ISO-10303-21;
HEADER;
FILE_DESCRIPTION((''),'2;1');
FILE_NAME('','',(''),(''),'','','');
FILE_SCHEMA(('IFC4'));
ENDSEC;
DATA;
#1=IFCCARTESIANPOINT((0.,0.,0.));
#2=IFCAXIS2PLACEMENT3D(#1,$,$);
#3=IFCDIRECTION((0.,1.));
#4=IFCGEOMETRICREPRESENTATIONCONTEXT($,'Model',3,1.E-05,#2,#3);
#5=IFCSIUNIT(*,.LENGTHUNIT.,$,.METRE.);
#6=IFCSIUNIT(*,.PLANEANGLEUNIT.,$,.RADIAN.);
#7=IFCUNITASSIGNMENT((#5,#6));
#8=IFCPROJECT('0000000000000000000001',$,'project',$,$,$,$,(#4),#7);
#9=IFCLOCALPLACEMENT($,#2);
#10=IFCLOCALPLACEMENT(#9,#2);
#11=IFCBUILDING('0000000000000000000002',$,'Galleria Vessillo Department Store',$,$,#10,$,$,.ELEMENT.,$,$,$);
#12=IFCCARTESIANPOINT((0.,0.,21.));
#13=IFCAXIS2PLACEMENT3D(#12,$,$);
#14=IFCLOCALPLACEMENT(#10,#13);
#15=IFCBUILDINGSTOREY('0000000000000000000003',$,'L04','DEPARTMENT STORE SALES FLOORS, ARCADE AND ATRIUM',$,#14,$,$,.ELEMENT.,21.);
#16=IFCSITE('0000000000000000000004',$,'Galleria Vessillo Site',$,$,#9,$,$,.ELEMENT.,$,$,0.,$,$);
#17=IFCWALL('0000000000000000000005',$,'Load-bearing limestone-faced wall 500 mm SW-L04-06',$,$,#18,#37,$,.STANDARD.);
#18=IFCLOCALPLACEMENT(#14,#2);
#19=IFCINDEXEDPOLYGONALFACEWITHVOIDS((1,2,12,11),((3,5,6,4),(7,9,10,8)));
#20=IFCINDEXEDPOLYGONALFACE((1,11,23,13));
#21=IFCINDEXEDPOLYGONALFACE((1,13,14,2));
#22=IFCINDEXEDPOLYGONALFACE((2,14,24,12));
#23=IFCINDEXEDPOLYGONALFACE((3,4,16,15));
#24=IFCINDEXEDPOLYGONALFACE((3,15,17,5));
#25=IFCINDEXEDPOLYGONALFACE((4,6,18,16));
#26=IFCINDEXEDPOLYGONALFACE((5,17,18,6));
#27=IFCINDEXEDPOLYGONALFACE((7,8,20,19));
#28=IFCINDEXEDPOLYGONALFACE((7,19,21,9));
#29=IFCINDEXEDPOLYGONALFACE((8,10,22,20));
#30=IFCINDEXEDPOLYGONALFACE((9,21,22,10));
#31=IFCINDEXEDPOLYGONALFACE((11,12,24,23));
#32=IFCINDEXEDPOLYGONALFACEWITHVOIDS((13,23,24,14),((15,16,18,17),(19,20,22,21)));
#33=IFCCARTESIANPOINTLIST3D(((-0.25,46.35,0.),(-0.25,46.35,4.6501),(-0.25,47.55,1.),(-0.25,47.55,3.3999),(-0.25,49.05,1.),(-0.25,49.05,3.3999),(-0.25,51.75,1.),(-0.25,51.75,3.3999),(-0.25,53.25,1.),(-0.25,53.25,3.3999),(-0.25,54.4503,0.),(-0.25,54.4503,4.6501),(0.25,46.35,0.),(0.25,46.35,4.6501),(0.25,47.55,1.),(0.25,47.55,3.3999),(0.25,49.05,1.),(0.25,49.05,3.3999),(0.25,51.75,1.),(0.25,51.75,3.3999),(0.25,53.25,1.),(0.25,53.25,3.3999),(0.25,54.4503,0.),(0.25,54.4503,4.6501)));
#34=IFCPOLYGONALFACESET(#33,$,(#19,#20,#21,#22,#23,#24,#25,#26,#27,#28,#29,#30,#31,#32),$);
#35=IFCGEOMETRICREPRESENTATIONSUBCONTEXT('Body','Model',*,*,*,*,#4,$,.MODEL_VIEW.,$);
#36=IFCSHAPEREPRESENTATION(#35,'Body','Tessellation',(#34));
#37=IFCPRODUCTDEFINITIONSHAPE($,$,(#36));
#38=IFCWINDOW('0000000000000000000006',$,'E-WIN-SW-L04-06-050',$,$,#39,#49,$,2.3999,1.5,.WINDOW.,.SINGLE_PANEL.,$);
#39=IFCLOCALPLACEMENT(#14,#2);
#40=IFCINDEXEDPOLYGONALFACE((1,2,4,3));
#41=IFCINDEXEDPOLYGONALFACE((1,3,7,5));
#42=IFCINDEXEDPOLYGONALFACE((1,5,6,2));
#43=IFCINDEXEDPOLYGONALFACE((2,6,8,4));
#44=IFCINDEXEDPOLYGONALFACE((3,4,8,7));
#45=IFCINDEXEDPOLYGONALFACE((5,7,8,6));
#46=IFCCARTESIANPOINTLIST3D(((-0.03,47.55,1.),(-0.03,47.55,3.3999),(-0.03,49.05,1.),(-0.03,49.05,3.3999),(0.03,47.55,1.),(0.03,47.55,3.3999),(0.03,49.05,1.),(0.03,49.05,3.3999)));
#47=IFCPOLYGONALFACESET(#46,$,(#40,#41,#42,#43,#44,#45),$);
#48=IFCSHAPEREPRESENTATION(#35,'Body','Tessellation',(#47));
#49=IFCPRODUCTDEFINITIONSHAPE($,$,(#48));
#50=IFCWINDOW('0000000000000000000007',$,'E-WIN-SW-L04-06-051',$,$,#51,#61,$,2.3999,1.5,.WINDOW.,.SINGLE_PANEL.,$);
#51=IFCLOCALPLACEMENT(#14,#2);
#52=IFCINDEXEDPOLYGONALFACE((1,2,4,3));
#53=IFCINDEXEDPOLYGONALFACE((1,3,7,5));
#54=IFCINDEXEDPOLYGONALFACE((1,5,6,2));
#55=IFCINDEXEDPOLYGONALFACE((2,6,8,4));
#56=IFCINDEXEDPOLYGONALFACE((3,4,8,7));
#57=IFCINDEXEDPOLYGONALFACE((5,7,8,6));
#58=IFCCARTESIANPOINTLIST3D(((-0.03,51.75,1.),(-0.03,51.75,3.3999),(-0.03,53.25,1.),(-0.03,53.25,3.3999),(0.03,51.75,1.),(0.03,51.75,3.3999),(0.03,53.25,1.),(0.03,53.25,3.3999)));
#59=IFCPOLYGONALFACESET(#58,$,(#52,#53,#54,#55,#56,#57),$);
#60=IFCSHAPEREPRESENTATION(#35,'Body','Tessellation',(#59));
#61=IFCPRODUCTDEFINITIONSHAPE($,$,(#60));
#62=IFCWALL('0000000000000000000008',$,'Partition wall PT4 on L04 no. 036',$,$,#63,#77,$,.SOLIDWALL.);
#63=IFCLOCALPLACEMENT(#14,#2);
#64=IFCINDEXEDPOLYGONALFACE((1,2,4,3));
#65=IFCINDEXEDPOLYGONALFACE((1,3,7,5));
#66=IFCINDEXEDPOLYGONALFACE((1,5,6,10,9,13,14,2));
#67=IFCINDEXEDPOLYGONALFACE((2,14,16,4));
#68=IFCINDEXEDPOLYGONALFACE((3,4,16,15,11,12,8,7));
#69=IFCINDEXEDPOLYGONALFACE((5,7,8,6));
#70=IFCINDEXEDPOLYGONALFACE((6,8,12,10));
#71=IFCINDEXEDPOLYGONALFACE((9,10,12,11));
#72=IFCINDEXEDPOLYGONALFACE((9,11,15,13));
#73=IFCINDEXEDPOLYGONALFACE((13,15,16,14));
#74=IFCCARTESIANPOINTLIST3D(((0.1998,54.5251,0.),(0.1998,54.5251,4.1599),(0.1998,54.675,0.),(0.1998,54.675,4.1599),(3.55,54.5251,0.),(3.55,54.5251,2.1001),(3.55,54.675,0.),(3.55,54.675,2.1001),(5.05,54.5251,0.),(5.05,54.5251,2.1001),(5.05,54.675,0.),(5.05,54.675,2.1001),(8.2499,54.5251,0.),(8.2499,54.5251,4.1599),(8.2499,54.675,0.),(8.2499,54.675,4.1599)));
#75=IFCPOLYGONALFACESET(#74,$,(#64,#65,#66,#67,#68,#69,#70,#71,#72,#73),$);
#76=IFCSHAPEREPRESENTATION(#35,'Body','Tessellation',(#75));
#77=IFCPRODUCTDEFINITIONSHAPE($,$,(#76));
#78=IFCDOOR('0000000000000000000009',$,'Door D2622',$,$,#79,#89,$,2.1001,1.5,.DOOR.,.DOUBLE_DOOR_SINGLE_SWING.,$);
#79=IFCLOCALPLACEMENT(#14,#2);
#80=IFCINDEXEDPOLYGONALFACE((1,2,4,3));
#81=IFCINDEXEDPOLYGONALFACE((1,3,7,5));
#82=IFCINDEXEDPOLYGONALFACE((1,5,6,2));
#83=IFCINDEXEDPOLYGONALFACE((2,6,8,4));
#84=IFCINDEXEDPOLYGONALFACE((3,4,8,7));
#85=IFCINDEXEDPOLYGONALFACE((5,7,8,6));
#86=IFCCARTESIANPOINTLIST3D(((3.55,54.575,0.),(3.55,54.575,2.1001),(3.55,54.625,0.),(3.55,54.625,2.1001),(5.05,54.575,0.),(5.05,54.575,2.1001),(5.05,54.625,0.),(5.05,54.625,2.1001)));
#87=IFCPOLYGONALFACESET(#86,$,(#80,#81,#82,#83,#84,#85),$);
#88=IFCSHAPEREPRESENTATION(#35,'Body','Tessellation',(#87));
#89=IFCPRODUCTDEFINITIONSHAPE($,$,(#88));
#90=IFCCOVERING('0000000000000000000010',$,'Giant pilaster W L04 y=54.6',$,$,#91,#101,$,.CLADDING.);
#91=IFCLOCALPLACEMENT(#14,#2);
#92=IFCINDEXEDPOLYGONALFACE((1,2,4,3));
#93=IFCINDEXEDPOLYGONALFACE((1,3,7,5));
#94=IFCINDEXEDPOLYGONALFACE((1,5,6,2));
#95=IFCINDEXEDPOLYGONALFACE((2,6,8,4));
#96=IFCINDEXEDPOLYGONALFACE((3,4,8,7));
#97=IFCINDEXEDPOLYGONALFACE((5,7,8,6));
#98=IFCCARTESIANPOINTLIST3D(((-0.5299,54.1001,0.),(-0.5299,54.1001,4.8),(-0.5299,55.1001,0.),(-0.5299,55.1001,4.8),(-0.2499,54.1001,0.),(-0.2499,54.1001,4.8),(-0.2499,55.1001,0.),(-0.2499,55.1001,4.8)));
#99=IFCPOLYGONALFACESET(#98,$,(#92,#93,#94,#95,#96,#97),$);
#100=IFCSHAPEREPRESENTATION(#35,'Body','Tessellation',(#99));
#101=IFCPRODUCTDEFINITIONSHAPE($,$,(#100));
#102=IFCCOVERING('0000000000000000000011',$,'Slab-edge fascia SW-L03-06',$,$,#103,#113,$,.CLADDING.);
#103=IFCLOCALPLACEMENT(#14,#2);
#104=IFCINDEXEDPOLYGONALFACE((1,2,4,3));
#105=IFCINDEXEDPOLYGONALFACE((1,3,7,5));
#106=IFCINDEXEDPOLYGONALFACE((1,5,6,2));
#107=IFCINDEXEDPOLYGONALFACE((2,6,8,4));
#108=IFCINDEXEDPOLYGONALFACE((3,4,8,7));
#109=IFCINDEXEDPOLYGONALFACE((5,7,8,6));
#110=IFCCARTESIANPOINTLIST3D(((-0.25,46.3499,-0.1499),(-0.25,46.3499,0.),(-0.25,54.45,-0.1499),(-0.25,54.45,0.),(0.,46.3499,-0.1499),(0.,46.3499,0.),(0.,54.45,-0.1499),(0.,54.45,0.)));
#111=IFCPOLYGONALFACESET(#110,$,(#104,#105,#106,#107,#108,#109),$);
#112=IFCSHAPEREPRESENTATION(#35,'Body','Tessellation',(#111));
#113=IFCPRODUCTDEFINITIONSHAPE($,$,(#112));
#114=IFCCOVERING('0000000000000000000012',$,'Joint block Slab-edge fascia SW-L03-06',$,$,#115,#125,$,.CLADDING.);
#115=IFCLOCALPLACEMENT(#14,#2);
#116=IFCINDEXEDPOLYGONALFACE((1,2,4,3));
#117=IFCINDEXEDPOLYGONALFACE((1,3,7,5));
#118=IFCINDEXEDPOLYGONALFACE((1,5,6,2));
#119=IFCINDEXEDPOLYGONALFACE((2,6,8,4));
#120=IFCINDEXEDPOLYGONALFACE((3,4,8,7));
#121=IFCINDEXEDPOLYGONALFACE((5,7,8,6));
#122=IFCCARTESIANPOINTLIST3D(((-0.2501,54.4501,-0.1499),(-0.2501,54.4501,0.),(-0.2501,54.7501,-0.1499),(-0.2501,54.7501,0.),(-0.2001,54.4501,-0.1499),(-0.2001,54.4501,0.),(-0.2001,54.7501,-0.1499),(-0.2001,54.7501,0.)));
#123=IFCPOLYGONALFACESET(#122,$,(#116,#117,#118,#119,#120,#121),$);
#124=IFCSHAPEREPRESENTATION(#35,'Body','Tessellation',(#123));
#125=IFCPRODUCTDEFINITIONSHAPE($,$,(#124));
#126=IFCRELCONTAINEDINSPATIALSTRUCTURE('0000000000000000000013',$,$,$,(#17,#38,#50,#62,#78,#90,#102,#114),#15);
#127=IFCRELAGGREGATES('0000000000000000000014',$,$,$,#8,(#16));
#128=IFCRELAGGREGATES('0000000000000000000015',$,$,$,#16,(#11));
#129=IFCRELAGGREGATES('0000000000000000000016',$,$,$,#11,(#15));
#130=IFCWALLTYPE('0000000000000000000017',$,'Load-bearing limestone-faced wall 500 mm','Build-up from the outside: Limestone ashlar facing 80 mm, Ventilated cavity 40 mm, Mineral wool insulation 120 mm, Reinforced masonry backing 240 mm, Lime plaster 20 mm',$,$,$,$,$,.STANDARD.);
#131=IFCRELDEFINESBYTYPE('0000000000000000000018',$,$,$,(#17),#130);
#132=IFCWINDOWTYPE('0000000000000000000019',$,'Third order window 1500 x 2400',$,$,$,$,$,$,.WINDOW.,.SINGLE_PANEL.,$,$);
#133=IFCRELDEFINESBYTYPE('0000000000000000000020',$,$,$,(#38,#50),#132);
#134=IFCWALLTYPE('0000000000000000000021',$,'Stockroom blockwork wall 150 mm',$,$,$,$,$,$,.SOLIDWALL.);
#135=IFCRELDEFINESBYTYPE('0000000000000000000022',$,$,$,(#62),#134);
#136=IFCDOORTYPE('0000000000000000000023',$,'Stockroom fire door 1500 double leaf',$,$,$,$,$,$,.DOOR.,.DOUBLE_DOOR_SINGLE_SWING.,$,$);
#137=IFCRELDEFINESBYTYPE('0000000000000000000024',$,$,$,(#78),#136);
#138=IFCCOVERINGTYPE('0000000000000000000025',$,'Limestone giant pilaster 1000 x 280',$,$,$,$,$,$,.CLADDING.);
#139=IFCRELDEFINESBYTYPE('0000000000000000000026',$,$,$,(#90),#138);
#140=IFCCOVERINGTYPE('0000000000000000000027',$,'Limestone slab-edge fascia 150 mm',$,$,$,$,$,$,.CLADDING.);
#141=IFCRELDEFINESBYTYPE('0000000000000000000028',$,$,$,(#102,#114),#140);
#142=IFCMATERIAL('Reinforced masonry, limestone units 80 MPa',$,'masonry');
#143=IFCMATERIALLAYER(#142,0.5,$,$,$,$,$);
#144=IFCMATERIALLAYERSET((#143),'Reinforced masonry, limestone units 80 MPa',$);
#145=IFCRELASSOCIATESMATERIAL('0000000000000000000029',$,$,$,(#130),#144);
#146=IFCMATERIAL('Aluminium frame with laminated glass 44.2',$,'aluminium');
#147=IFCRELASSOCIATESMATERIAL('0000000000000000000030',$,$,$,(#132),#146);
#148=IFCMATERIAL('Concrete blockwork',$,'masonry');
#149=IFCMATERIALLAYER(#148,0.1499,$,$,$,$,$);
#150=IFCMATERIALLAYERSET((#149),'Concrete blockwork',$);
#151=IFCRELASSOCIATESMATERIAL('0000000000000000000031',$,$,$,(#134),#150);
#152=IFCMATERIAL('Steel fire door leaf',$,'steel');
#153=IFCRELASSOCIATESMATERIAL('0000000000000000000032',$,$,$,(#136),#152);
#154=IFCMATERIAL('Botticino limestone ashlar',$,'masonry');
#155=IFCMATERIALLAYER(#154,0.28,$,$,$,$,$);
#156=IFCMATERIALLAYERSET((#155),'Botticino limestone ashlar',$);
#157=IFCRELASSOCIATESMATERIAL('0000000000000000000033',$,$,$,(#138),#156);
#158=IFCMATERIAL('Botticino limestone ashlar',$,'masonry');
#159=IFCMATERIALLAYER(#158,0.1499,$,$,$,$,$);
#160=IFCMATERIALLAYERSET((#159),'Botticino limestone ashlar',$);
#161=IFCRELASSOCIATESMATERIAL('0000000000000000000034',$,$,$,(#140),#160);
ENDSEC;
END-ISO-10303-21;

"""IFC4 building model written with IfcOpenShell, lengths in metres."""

from ifc_helpers import new_model, si_unit, direction, frame, frame_2d, origin, origin_2d, place, context, subcontext, project, spatial, rectangle, extrude, material, layer, layer_set, type_object, element, fill, save


model = new_model("IFC4")

# Units and contexts
model_context = context("Model", 3, precision=1e-05, world=origin(), true_north=direction((0.0, 1.0)))
body_context = subcontext(model_context, "Body", "Model", "MODEL_VIEW")
ifc_project = project(units=[si_unit("LENGTHUNIT", "METRE"), si_unit("PLANEANGLEUNIT", "RADIAN")], contexts=[model_context])

# Site, building, storey
site_placement = place(None, origin())
site = spatial("IfcSite", under=ifc_project, at=site_placement, Name="Galleria Vessillo Site", CompositionType="ELEMENT", RefElevation=0.0)
building_placement = place(site_placement, origin())
building = spatial("IfcBuilding", under=site, at=building_placement, Name="Galleria Vessillo Department Store", CompositionType="ELEMENT")
storey_placement = place(building_placement, frame((0.0, 0.0, 21.0)))
storey = spatial("IfcBuildingStorey", under=building, at=storey_placement, Name="L04", Description="DEPARTMENT STORE SALES FLOORS, ARCADE AND ATRIUM", CompositionType="ELEMENT", Elevation=21.0)

# Wall, openings, windows
ifc_material_1 = material(Name="Reinforced masonry, limestone units 80 MPa", Category="masonry")
ifc_layer_1 = layer(ifc_material_1, 0.5)
ifc_layer_set_1 = layer_set([ifc_layer_1], Name="Reinforced masonry, limestone units 80 MPa")
wall_type_1 = type_object("IfcWallType", Name="Load-bearing limestone-faced wall 500 mm", Description="Build-up from the outside: Limestone ashlar facing 80 mm, Ventilated cavity 40 mm, Mineral wool insulation 120 mm, Reinforced masonry backing 240 mm, Lime plaster 20 mm", PredefinedType="STANDARD", material=ifc_layer_set_1)
wall_1_placement = place(storey_placement, frame((0.0, 46.3499, 0.0), z_axis=(0.0, 0.0, 1.0), x_axis=(0.0, 1.0, 0.0)))
wall_1 = element("IfcWall", 1, at=wall_1_placement, inside=storey, type_object=wall_type_1, Name="Load-bearing limestone-faced wall 500 mm SW-L04-06", PredefinedType="STANDARD", context=body_context, shape_type="SweptSolid", body=[
    extrude(rectangle(XDim=8.1003, YDim=0.5, at=frame_2d((4.0503, 0.0))), origin(), (0.0, 0.0, 1.0), 4.6501),
])
opening_1_placement = place(wall_1_placement, frame((1.2002, 0.0, 1.0)))
opening_1 = element("IfcOpeningElement", 2, at=opening_1_placement, cuts=wall_1, PredefinedType="OPENING", context=body_context, shape_type="SweptSolid", body=[
    extrude(rectangle(XDim=1.5, YDim=2.3999, at=frame_2d((0.75, 1.2))), frame((0.0, 0.26, 0.0), z_axis=(0.0, -1.0, 0.0), x_axis=(1.0, 0.0, 0.0)), (0.0, 0.0, 1.0), 0.52),
])
opening_2_placement = place(wall_1_placement, frame((5.4001, 0.0, 1.0)))
opening_2 = element("IfcOpeningElement", 3, at=opening_2_placement, cuts=wall_1, PredefinedType="OPENING", context=body_context, shape_type="SweptSolid", body=[
    extrude(rectangle(XDim=1.5, YDim=2.3999, at=frame_2d((0.75, 1.2))), frame((0.0, 0.26, 0.0), z_axis=(0.0, -1.0, 0.0), x_axis=(1.0, 0.0, 0.0)), (0.0, 0.0, 1.0), 0.52),
])
ifc_material_2 = material(Name="Aluminium frame with laminated glass 44.2", Category="aluminium")
window_type = type_object("IfcWindowType", Name="Third order window 1500 x 2400", PartitioningType="SINGLE_PANEL", PredefinedType="WINDOW", material=ifc_material_2)
window_1_placement = place(opening_1_placement, origin())
window_1 = element("IfcWindow", 4, at=window_1_placement, inside=storey, type_object=window_type, Name="E-WIN-SW-L04-06-050", OverallHeight=2.3999, OverallWidth=1.5, PartitioningType="SINGLE_PANEL", PredefinedType="WINDOW", context=body_context, shape_type="SweptSolid", body=[
    extrude(rectangle(XDim=1.5, YDim=2.3999, at=frame_2d((0.75, 1.2))), frame((0.0, 0.03, 0.0), z_axis=(0.0, -1.0, 0.0), x_axis=(1.0, 0.0, 0.0)), (0.0, 0.0, 1.0), 0.0601),
])
fill(opening_1, window_1)
window_2_placement = place(opening_2_placement, origin())
window_2 = element("IfcWindow", 5, at=window_2_placement, inside=storey, type_object=window_type, Name="E-WIN-SW-L04-06-051", OverallHeight=2.3999, OverallWidth=1.5, PartitioningType="SINGLE_PANEL", PredefinedType="WINDOW", context=body_context, shape_type="SweptSolid", body=[
    extrude(rectangle(XDim=1.5, YDim=2.3999, at=frame_2d((0.75, 1.2))), frame((0.0, 0.03, 0.0), z_axis=(0.0, -1.0, 0.0), x_axis=(1.0, 0.0, 0.0)), (0.0, 0.0, 1.0), 0.0601),
])
fill(opening_2, window_2)

# Wall, opening, door
ifc_material_3 = material(Name="Concrete blockwork", Category="masonry")
ifc_layer_2 = layer(ifc_material_3, 0.1499)
ifc_layer_set_2 = layer_set([ifc_layer_2], Name="Concrete blockwork")
wall_type_2 = type_object("IfcWallType", Name="Stockroom blockwork wall 150 mm", PredefinedType="SOLIDWALL", material=ifc_layer_set_2)
wall_2_placement = place(storey_placement, frame((0.2, 54.6001, 0.0), z_axis=(0.0, 0.0, 1.0), x_axis=(1.0, 0.0, 0.0)))
wall_2 = element("IfcWall", 6, at=wall_2_placement, inside=storey, type_object=wall_type_2, Name="Partition wall PT4 on L04 no. 036", PredefinedType="SOLIDWALL", context=body_context, shape_type="SweptSolid", body=[
    extrude(rectangle(XDim=8.05, YDim=0.1499, at=frame_2d((4.0249, 0.0))), origin(), (0.0, 0.0, 1.0), 4.1599),
])
opening_3_placement = place(wall_2_placement, frame((3.3501, 0.0, 0.0)))
opening_3 = element("IfcOpeningElement", 7, at=opening_3_placement, cuts=wall_2, PredefinedType="OPENING", context=body_context, shape_type="SweptSolid", body=[
    extrude(rectangle(XDim=1.5, YDim=2.1001, at=frame_2d((0.75, 1.05))), frame((0.0, 0.085, 0.0), z_axis=(0.0, -1.0, 0.0), x_axis=(1.0, 0.0, 0.0)), (0.0, 0.0, 1.0), 0.1699),
])
ifc_material_4 = material(Name="Steel fire door leaf", Category="steel")
door_type = type_object("IfcDoorType", Name="Stockroom fire door 1500 double leaf", OperationType="DOUBLE_DOOR_SINGLE_SWING", PredefinedType="DOOR", material=ifc_material_4)
door_placement = place(opening_3_placement, origin())
door = element("IfcDoor", 8, at=door_placement, inside=storey, type_object=door_type, Name="Door D2622", OperationType="DOUBLE_DOOR_SINGLE_SWING", OverallHeight=2.1001, OverallWidth=1.5, PredefinedType="DOOR", context=body_context, shape_type="SweptSolid", body=[
    extrude(rectangle(XDim=1.5, YDim=2.1001, at=frame_2d((0.75, 1.05))), frame((0.0, 0.0249, 0.0), z_axis=(0.0, -1.0, 0.0), x_axis=(1.0, 0.0, 0.0)), (0.0, 0.0, 1.0), 0.05),
])
fill(opening_3, door)

# Coverings
ifc_material_5 = material(Name="Botticino limestone ashlar", Category="masonry")
ifc_layer_3 = layer(ifc_material_5, 0.28)
ifc_layer_set_3 = layer_set([ifc_layer_3], Name="Botticino limestone ashlar")
covering_type_1 = type_object("IfcCoveringType", Name="Limestone giant pilaster 1000 x 280", PredefinedType="CLADDING", material=ifc_layer_set_3)
covering_1_placement = place(storey_placement, frame((-0.3899, 54.6001, 0.0), z_axis=(0.0, 0.0, 1.0), x_axis=(1.0, 0.0, 0.0)))
element("IfcCovering", 9, at=covering_1_placement, inside=storey, type_object=covering_type_1, Name="Giant pilaster W L04 y=54.6", PredefinedType="CLADDING", context=body_context, shape_type="SweptSolid", body=[
    extrude(rectangle(XDim=0.28, YDim=1.0, at=origin_2d()), origin(), (0.0, 0.0, 1.0), 4.8),
])
ifc_material_6 = material(Name="Botticino limestone ashlar", Category="masonry")
ifc_layer_4 = layer(ifc_material_6, 0.1499)
ifc_layer_set_4 = layer_set([ifc_layer_4], Name="Botticino limestone ashlar")
covering_type_2 = type_object("IfcCoveringType", Name="Limestone slab-edge fascia 150 mm", PredefinedType="CLADDING", material=ifc_layer_set_4)
covering_2_placement = place(storey_placement, frame((-0.125, 50.3999, -0.1499), z_axis=(0.0, 0.0, 1.0), x_axis=(1.0, 0.0, 0.0)))
element("IfcCovering", 10, at=covering_2_placement, inside=storey, type_object=covering_type_2, Name="Slab-edge fascia SW-L03-06", PredefinedType="CLADDING", context=body_context, shape_type="SweptSolid", body=[
    extrude(rectangle(XDim=0.25, YDim=8.1001, at=origin_2d()), origin(), (0.0, 0.0, 1.0), 0.1499),
])
covering_3_placement = place(storey_placement, frame((-0.2251, 54.6001, -0.1499), z_axis=(0.0, 0.0, 1.0), x_axis=(1.0, 0.0, 0.0)))
element("IfcCovering", 11, at=covering_3_placement, inside=storey, type_object=covering_type_2, Name="Joint block Slab-edge fascia SW-L03-06", PredefinedType="CLADDING", context=body_context, shape_type="SweptSolid", body=[
    extrude(rectangle(XDim=0.05, YDim=0.3, at=origin_2d()), origin(), (0.0, 0.0, 1.0), 0.1499),
])

save(model, "model.ifc")
